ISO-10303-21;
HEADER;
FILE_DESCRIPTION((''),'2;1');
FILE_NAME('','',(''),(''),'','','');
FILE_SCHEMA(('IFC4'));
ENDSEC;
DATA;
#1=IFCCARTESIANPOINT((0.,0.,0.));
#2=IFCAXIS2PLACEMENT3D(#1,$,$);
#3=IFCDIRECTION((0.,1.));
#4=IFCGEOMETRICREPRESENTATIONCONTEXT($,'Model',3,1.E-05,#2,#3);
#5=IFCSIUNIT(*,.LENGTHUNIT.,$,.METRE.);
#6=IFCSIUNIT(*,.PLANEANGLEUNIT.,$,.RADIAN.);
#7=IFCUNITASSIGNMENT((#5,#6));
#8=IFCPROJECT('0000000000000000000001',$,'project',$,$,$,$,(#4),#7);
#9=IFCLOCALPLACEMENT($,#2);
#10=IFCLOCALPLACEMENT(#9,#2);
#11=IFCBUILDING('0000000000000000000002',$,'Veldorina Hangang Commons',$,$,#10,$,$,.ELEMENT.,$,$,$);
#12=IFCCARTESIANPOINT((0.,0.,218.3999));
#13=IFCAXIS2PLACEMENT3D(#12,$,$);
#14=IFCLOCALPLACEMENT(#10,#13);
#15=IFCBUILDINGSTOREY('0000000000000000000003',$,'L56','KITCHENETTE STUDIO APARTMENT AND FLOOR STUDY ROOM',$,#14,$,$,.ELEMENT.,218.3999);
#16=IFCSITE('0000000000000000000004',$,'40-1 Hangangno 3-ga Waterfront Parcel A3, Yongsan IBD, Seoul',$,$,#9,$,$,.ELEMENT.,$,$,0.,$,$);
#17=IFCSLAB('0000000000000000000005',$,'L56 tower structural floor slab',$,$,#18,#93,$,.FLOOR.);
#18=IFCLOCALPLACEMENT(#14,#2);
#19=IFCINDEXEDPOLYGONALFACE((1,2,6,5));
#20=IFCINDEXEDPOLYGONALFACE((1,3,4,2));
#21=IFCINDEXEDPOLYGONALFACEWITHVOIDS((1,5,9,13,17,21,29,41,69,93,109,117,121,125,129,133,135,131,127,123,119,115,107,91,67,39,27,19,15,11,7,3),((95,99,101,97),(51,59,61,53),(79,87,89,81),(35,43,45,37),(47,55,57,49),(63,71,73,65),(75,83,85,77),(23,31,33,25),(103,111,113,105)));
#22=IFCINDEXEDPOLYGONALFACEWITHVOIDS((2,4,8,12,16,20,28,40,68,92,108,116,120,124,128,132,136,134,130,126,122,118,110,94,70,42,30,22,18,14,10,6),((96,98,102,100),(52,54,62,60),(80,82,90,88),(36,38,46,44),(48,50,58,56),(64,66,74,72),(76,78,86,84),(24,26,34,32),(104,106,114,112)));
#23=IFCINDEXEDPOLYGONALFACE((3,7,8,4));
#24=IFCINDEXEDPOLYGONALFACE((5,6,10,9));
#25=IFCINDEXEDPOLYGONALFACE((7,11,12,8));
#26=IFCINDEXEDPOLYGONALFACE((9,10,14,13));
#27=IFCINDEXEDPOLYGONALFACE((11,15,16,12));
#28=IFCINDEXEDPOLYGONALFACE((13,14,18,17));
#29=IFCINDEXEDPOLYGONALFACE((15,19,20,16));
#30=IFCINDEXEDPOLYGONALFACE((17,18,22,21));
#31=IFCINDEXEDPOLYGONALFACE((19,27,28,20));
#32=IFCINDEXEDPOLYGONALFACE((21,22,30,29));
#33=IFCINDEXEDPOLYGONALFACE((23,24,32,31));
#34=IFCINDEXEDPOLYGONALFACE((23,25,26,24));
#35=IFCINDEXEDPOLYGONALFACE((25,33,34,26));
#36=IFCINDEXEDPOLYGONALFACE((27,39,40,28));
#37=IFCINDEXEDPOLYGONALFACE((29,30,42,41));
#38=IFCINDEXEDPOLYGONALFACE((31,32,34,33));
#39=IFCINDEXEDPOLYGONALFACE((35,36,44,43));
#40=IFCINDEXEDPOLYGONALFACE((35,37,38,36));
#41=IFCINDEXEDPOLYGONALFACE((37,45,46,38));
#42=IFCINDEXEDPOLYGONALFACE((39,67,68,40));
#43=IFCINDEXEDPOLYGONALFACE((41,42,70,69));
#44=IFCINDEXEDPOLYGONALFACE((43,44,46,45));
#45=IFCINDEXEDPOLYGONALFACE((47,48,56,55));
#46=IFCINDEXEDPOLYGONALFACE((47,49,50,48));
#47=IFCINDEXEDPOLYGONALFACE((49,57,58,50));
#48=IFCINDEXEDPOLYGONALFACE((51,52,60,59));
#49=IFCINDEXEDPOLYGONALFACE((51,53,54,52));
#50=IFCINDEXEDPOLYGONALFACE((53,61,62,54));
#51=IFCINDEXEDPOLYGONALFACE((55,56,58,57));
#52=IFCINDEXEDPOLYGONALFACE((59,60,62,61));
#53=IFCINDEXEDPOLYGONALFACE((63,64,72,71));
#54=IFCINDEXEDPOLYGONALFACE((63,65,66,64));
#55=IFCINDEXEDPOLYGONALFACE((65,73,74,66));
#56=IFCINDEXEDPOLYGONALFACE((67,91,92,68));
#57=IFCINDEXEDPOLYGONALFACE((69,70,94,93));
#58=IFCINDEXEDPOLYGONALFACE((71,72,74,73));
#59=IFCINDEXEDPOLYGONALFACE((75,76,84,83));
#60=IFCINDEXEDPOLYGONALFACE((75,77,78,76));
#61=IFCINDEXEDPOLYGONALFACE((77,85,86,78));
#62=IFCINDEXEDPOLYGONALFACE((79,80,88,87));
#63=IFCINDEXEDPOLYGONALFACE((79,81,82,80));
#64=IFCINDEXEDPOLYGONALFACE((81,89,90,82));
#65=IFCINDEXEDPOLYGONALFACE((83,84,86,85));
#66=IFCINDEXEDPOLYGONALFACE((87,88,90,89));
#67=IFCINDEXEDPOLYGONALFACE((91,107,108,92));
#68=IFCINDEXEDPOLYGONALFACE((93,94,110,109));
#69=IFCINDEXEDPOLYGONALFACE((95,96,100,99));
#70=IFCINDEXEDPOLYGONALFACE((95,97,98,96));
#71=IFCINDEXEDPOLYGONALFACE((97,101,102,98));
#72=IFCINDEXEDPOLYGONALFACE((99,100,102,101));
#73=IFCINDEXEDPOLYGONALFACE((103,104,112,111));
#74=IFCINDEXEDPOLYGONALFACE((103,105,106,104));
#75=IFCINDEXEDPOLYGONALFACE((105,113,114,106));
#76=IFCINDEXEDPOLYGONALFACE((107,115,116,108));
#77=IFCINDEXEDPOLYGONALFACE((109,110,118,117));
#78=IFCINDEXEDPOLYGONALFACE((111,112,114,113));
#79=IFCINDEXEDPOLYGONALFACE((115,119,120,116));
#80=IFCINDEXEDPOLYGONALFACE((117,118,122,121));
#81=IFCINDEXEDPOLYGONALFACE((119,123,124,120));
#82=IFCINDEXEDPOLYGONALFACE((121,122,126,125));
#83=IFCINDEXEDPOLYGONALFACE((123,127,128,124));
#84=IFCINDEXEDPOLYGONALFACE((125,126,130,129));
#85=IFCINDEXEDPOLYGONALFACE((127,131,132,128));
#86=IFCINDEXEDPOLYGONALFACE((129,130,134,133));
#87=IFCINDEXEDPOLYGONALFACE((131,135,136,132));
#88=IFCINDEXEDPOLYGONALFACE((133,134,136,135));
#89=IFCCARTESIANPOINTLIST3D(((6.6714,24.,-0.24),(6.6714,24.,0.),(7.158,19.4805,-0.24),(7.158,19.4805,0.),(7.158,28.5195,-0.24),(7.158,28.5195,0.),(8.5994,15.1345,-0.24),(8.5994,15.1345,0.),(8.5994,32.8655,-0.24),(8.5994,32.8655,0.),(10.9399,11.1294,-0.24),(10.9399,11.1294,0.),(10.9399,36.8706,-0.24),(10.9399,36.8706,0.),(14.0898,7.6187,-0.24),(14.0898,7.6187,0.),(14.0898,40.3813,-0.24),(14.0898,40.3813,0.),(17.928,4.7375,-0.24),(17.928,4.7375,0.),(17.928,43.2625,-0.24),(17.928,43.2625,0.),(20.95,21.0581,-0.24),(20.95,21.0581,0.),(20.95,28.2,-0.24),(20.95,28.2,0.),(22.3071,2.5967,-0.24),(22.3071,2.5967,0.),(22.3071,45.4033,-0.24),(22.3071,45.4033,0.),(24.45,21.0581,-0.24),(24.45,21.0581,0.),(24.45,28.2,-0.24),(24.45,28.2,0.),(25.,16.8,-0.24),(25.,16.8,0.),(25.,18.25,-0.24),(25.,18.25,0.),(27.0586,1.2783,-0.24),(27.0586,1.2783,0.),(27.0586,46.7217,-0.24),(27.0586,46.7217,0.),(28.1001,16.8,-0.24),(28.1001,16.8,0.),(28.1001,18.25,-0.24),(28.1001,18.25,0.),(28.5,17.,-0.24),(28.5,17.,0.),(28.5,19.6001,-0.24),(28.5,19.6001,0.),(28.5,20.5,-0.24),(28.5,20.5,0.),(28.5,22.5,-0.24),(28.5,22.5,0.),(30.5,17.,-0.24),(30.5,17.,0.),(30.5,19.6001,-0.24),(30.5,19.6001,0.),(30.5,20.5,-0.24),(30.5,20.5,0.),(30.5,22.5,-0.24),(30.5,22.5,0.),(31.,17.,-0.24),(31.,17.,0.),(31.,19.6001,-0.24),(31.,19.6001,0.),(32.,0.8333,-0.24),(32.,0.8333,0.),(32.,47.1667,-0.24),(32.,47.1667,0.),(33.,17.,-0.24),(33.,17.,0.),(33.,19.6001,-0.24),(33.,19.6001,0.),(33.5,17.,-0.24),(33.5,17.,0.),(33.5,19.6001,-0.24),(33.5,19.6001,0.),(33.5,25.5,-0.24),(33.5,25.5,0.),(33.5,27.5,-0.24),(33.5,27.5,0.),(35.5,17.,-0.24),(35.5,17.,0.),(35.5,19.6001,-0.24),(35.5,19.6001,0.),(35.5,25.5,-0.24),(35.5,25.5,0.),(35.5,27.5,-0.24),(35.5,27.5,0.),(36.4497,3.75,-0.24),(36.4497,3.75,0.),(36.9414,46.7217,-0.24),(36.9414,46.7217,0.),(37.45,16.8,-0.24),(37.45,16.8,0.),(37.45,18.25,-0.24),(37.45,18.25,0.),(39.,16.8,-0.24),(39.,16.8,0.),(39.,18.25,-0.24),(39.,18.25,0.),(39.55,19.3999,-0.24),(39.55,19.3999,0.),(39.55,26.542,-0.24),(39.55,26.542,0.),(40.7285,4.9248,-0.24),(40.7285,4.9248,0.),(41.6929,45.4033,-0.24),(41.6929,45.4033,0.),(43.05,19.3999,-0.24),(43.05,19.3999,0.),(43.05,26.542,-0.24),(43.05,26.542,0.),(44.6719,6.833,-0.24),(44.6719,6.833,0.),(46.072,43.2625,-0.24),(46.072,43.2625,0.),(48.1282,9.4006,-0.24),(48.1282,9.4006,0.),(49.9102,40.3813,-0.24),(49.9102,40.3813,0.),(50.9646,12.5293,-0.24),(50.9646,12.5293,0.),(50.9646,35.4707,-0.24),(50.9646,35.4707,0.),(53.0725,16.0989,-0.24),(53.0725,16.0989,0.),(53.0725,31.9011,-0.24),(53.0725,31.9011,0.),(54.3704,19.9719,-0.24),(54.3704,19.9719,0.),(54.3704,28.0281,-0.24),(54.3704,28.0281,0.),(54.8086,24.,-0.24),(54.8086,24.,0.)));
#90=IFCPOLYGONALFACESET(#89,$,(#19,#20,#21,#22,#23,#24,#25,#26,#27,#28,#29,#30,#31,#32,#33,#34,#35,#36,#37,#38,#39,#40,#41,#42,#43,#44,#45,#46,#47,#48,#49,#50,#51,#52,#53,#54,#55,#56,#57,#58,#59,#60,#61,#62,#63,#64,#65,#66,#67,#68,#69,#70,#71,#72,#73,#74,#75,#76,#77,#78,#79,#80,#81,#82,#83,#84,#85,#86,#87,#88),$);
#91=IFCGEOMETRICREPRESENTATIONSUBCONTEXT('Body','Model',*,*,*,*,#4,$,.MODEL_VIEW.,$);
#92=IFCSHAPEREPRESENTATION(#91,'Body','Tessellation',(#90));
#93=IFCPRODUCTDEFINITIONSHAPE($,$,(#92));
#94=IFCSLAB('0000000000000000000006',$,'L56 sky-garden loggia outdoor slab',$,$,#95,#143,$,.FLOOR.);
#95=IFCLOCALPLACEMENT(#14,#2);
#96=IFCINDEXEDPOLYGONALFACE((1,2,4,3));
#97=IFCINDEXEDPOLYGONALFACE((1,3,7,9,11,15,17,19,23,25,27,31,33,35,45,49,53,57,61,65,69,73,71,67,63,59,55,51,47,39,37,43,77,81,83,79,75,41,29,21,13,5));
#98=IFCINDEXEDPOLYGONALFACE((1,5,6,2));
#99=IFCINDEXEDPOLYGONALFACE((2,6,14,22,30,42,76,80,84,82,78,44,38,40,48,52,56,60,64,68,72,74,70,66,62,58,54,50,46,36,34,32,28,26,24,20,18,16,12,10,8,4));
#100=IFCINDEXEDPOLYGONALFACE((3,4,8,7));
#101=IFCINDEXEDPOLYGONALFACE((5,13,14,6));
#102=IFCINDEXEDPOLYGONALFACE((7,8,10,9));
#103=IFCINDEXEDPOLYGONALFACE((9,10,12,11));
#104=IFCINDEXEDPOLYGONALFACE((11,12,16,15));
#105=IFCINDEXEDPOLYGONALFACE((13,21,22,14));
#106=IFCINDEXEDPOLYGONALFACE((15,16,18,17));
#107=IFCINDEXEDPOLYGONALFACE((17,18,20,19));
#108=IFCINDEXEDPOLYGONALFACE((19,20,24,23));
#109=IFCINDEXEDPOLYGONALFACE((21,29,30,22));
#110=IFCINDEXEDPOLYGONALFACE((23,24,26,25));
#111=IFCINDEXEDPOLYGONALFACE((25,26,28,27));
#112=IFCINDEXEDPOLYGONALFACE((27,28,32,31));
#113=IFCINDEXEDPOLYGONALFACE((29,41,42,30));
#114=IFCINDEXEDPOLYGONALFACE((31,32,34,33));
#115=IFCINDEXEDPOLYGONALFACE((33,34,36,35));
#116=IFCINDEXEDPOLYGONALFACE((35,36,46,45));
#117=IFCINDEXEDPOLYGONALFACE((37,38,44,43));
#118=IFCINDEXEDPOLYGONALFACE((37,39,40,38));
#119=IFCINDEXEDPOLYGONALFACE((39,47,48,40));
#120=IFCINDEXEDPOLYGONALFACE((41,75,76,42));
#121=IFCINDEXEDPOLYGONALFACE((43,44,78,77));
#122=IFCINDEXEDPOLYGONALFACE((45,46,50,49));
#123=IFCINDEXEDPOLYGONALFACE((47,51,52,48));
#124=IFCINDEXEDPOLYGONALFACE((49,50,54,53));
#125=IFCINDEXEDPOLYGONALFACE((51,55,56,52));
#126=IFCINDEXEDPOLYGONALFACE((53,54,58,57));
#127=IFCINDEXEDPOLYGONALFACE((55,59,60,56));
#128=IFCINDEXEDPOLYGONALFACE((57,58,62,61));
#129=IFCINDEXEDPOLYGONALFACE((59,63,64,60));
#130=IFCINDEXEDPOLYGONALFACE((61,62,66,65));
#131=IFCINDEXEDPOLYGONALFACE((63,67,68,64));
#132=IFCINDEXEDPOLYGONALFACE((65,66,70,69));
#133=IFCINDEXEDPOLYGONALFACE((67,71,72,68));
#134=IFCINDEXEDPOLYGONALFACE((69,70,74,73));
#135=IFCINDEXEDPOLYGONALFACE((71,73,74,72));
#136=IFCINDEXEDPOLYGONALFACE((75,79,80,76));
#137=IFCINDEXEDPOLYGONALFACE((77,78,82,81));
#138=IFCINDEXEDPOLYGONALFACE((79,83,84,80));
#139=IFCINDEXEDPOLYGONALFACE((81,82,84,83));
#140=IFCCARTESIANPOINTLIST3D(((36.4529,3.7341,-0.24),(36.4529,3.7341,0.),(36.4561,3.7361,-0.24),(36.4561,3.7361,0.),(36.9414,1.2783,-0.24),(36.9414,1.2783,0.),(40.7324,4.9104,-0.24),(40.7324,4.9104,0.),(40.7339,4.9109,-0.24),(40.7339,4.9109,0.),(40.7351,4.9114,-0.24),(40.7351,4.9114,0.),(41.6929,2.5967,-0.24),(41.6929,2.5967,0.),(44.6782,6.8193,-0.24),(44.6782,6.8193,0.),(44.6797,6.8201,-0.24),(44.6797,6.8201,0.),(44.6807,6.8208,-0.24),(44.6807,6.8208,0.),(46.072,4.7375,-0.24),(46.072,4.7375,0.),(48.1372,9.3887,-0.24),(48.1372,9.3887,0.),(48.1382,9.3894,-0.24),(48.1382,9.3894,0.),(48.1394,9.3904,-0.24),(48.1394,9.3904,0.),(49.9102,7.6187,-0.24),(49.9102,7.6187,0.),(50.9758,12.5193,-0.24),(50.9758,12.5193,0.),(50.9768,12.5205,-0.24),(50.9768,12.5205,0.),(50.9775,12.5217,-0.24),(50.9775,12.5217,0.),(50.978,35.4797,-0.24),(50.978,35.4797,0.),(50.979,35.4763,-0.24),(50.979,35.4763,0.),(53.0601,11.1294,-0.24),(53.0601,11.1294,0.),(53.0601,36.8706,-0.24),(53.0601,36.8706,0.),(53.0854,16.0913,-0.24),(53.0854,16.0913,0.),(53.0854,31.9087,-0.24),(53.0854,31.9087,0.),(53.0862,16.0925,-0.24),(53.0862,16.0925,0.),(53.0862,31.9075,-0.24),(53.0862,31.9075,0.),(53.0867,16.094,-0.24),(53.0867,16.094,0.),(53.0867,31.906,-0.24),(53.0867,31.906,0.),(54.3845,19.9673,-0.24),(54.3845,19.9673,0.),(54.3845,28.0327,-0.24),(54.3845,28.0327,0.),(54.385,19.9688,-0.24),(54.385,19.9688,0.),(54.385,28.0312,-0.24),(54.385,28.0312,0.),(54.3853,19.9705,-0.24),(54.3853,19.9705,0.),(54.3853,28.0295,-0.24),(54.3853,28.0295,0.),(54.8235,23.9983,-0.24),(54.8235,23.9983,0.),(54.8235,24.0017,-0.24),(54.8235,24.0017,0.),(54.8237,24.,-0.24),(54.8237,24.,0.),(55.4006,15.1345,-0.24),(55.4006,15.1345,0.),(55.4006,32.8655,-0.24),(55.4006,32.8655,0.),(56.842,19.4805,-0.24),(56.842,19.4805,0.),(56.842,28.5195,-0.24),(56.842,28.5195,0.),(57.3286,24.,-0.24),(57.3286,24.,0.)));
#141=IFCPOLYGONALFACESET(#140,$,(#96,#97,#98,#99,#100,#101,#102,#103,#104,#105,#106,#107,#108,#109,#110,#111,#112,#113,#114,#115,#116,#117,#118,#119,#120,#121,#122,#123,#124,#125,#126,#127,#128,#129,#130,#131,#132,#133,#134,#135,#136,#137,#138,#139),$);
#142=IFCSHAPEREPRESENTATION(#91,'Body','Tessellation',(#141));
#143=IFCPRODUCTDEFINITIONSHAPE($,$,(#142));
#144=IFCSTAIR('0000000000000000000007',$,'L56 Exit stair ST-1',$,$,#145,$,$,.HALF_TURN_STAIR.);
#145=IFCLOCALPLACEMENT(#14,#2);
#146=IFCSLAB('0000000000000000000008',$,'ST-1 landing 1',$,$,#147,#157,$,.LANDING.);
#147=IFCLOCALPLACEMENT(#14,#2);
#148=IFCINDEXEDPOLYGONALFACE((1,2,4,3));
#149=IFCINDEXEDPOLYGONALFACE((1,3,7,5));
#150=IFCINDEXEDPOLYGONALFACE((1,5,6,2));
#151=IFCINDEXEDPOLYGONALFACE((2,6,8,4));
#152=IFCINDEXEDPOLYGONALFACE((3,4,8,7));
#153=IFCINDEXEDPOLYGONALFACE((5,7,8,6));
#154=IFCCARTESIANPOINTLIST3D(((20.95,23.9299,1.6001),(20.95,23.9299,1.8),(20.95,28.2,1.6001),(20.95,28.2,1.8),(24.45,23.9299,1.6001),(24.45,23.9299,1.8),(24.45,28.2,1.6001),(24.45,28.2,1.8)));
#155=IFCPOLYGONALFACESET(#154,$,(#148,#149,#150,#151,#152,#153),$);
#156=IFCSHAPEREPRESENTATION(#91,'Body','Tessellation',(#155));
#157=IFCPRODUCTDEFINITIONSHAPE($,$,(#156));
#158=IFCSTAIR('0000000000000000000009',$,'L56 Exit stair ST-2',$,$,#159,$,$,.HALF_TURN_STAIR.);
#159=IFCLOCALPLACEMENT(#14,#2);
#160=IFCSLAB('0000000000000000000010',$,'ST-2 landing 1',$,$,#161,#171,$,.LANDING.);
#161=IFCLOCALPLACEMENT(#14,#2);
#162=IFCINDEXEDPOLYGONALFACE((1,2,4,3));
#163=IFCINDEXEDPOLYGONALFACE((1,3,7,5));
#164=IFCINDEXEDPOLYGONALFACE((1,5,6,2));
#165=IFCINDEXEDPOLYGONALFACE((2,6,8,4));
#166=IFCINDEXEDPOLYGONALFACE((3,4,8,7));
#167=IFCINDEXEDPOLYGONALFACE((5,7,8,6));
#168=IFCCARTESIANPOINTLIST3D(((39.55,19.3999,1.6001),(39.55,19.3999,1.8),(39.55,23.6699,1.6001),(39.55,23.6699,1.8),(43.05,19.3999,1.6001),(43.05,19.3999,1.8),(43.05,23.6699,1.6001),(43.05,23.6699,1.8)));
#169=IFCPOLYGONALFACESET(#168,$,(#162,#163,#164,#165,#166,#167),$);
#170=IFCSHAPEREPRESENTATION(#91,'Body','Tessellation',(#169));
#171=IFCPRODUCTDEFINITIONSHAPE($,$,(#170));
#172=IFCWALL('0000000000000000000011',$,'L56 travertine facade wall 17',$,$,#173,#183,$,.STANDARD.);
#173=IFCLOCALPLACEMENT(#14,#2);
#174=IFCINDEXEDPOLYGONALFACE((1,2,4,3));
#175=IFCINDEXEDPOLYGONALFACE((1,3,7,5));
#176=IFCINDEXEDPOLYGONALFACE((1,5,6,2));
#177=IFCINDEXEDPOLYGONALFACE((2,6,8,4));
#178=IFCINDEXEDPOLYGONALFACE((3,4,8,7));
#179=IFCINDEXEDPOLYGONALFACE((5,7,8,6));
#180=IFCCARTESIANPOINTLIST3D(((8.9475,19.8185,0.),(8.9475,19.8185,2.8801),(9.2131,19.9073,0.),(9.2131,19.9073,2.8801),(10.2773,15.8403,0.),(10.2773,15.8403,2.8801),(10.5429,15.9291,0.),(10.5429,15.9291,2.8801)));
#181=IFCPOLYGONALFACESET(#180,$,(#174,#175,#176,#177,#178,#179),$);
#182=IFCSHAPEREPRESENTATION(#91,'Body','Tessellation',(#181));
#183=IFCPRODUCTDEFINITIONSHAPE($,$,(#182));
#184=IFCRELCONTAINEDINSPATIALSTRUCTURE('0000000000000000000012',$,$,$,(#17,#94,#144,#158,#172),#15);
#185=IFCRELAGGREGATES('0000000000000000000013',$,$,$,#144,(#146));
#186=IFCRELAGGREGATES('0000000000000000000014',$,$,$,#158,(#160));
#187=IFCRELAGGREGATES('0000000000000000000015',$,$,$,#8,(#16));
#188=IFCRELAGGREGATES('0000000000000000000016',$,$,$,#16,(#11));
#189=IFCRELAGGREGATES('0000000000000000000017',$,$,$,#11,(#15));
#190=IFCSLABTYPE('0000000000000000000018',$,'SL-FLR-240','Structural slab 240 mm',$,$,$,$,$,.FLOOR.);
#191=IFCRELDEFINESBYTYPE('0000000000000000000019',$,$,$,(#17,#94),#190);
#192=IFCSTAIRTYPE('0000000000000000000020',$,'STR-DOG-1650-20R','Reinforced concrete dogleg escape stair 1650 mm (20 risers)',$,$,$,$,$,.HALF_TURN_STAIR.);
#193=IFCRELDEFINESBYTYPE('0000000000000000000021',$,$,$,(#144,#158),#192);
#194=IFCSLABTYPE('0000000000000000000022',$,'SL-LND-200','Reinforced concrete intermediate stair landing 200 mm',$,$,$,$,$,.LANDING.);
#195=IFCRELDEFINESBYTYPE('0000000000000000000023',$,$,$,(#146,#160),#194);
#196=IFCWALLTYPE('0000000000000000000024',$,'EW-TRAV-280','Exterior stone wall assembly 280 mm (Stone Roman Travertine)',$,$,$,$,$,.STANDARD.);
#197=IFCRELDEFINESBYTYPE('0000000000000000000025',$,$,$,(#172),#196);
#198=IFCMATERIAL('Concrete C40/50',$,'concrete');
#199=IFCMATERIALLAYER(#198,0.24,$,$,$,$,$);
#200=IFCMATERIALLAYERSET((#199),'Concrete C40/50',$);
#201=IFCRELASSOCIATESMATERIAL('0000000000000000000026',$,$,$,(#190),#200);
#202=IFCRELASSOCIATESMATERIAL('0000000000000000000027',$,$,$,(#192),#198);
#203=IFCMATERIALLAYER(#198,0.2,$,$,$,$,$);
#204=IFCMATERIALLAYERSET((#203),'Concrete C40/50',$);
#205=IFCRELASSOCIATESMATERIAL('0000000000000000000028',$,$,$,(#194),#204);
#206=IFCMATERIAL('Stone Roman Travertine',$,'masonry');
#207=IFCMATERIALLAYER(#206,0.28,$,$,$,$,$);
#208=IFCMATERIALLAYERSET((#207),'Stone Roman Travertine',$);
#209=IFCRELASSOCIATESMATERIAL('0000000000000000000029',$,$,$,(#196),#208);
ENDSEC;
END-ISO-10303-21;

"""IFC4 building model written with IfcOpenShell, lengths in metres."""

from ifc_helpers import new_model, si_unit, direction, frame, frame_2d, origin, place, context, subcontext, project, spatial, polyline, rectangle, outline, extrude, material, layer, layer_set, type_object, element, aggregate, save


model = new_model("IFC4")

# Units and contexts
model_context = context("Model", 3, precision=1e-05, world=origin(), true_north=direction((0.0, 1.0)))
body_context = subcontext(model_context, "Body", "Model", "MODEL_VIEW")
ifc_project = project(units=[si_unit("LENGTHUNIT", "METRE"), si_unit("PLANEANGLEUNIT", "RADIAN")], contexts=[model_context])

# Site, building, storey
site_placement = place(None, origin())
site = spatial("IfcSite", under=ifc_project, at=site_placement, Name="40-1 Hangangno 3-ga Waterfront Parcel A3, Yongsan IBD, Seoul", CompositionType="ELEMENT", RefElevation=0.0)
building_placement = place(site_placement, origin())
building = spatial("IfcBuilding", under=site, at=building_placement, Name="Veldorina Hangang Commons", CompositionType="ELEMENT")
storey_placement = place(building_placement, frame((0.0, 0.0, 218.3999)))
storey = spatial("IfcBuildingStorey", under=building, at=storey_placement, Name="L56", Description="KITCHENETTE STUDIO APARTMENT AND FLOOR STUDY ROOM", CompositionType="ELEMENT", Elevation=218.3999)

# Slabs
ifc_material_1 = material(Name="Concrete C40/50", Category="concrete")
ifc_layer_1 = layer(ifc_material_1, 0.24)
ifc_layer_set_1 = layer_set([ifc_layer_1], Name="Concrete C40/50")
slab_type_1 = type_object("IfcSlabType", Name="SL-FLR-240", Description="Structural slab 240 mm", PredefinedType="FLOOR", material=ifc_layer_set_1)
slab_1_placement = place(storey_placement, frame((0.0, 0.0, -0.24)))
element("IfcSlab", 1, at=slab_1_placement, inside=storey, type_object=slab_type_1, Name="L56 tower structural floor slab", PredefinedType="FLOOR", context=body_context, shape_type="SweptSolid", body=[
    extrude(outline(polyline([(54.8086, 24.0), (54.3704, 28.0281), (53.0725, 31.9011), (50.9646, 35.4707), (49.9102, 40.3813), (46.072, 43.2625), (41.6929, 45.4033), (36.9414, 46.7217), (32.0, 47.1667), (27.0586, 46.7217), (22.3071, 45.4033), (17.928, 43.2625), (14.0898, 40.3813), (10.9399, 36.8706), (8.5994, 32.8655), (7.158, 28.5195), (6.6714, 24.0), (7.158, 19.4805), (8.5994, 15.1345), (10.9399, 11.1294), (14.0898, 7.6187), (17.928, 4.7375), (22.3071, 2.5967), (27.0586, 1.2783), (32.0, 0.8333), (36.4497, 3.75), (40.7285, 4.9248), (44.6719, 6.833), (48.1282, 9.4006), (50.9646, 12.5293), (53.0725, 16.0989), (54.3704, 19.9719), (54.8086, 24.0)]), holes=[polyline([(20.95, 21.0581), (20.95, 28.2), (24.45, 28.2), (24.45, 21.0581), (20.95, 21.0581)]), polyline([(43.05, 26.542), (43.05, 19.3999), (39.55, 19.3999), (39.55, 26.542), (43.05, 26.542)]), polyline([(33.5, 27.5), (35.5, 27.5), (35.5, 25.5), (33.5, 25.5), (33.5, 27.5)]), polyline([(28.5, 22.5), (30.5, 22.5), (30.5, 20.5), (28.5, 20.5), (28.5, 22.5)]), polyline([(28.5, 19.6001), (30.5, 19.6001), (30.5, 17.0), (28.5, 17.0), (28.5, 19.6001)]), polyline([(31.0, 19.6001), (33.0, 19.6001), (33.0, 17.0), (31.0, 17.0), (31.0, 19.6001)]), polyline([(33.5, 19.6001), (35.5, 19.6001), (35.5, 17.0), (33.5, 17.0), (33.5, 19.6001)]), polyline([(25.0, 18.25), (28.1001, 18.25), (28.1001, 16.8), (25.0, 16.8), (25.0, 18.25)]), polyline([(37.45, 18.25), (39.0, 18.25), (39.0, 16.8), (37.45, 16.8), (37.45, 18.25)])]), origin(), (0.0, 0.0, 1.0), 0.24),
])
slab_2_placement = place(storey_placement, frame((0.0, 0.0, -0.24)))
element("IfcSlab", 2, at=slab_2_placement, inside=storey, type_object=slab_type_1, Name="L56 sky-garden loggia outdoor slab", PredefinedType="FLOOR", context=body_context, shape_type="SweptSolid", body=[
    extrude(outline(polyline([(53.0601, 36.8706), (55.4006, 32.8655), (56.842, 28.5195), (57.3286, 24.0), (56.842, 19.4805), (55.4006, 15.1345), (53.0601, 11.1294), (49.9102, 7.6187), (46.072, 4.7375), (41.6929, 2.5967), (36.9414, 1.2783), (36.4529, 3.7341), (36.4561, 3.7361), (40.7324, 4.9104), (40.7339, 4.9109), (40.7351, 4.9114), (44.6782, 6.8193), (44.6797, 6.8201), (44.6807, 6.8208), (48.1372, 9.3887), (48.1382, 9.3894), (48.1394, 9.3904), (50.9758, 12.5193), (50.9768, 12.5205), (50.9775, 12.5217), (53.0854, 16.0913), (53.0862, 16.0925), (53.0867, 16.094), (54.3845, 19.9673), (54.385, 19.9688), (54.3853, 19.9705), (54.8235, 23.9983), (54.8237, 24.0), (54.8235, 24.0017), (54.3853, 28.0295), (54.385, 28.0312), (54.3845, 28.0327), (53.0867, 31.906), (53.0862, 31.9075), (53.0854, 31.9087), (50.979, 35.4763), (50.978, 35.4797), (53.0601, 36.8706)])), origin(), (0.0, 0.0, 1.0), 0.24),
])

# Stairs, slabs
stair_type = type_object("IfcStairType", Name="STR-DOG-1650-20R", Description="Reinforced concrete dogleg escape stair 1650 mm (20 risers)", PredefinedType="HALF_TURN_STAIR", material=ifc_material_1)
stair_1_placement = place(storey_placement, origin())
stair_1 = element("IfcStair", 3, at=stair_1_placement, inside=storey, type_object=stair_type, Name="L56 Exit stair ST-1", PredefinedType="HALF_TURN_STAIR")
ifc_layer_2 = layer(ifc_material_1, 0.2)
ifc_layer_set_2 = layer_set([ifc_layer_2], Name="Concrete C40/50")
slab_type_2 = type_object("IfcSlabType", Name="SL-LND-200", Description="Reinforced concrete intermediate stair landing 200 mm", PredefinedType="LANDING", material=ifc_layer_set_2)
slab_3_placement = place(storey_placement, frame((0.0, 0.0, 1.6001)))
slab_3 = element("IfcSlab", 4, at=slab_3_placement, type_object=slab_type_2, Name="ST-1 landing 1", PredefinedType="LANDING", context=body_context, shape_type="SweptSolid", body=[
    extrude(outline(polyline([(24.45, 23.9299), (24.45, 28.2), (20.95, 28.2), (20.95, 23.9299), (24.45, 23.9299)])), origin(), (0.0, 0.0, 1.0), 0.2),
])
aggregate(stair_1, [slab_3])
stair_2_placement = place(storey_placement, origin())
stair_2 = element("IfcStair", 5, at=stair_2_placement, inside=storey, type_object=stair_type, Name="L56 Exit stair ST-2", PredefinedType="HALF_TURN_STAIR")
slab_4_placement = place(storey_placement, frame((0.0, 0.0, 1.6001)))
slab_4 = element("IfcSlab", 6, at=slab_4_placement, type_object=slab_type_2, Name="ST-2 landing 1", PredefinedType="LANDING", context=body_context, shape_type="SweptSolid", body=[
    extrude(outline(polyline([(39.55, 23.6699), (39.55, 19.3999), (43.05, 19.3999), (43.05, 23.6699), (39.55, 23.6699)])), origin(), (0.0, 0.0, 1.0), 0.2),
])
aggregate(stair_2, [slab_4])

# Wall
ifc_material_2 = material(Name="Stone Roman Travertine", Category="masonry")
ifc_layer_3 = layer(ifc_material_2, 0.28)
ifc_layer_set_3 = layer_set([ifc_layer_3], Name="Stone Roman Travertine")
wall_type = type_object("IfcWallType", Name="EW-TRAV-280", Description="Exterior stone wall assembly 280 mm (Stone Roman Travertine)", PredefinedType="STANDARD", material=ifc_layer_set_3)
wall_1_placement = place(storey_placement, frame((9.0803, 19.8628, 0.0), z_axis=(0.0, 0.0, 1.0), x_axis=(0.317031, -0.948415, 0.0)))
element("IfcWall", 7, at=wall_1_placement, inside=storey, type_object=wall_type, Name="L56 travertine facade wall 17", PredefinedType="STANDARD", context=body_context, shape_type="SweptSolid", body=[
    extrude(rectangle(XDim=4.1946, YDim=0.28, at=frame_2d((2.0972, 0.0))), origin(), (0.0, 0.0, 1.0), 2.8801),
])

save(model, "model.ifc")
